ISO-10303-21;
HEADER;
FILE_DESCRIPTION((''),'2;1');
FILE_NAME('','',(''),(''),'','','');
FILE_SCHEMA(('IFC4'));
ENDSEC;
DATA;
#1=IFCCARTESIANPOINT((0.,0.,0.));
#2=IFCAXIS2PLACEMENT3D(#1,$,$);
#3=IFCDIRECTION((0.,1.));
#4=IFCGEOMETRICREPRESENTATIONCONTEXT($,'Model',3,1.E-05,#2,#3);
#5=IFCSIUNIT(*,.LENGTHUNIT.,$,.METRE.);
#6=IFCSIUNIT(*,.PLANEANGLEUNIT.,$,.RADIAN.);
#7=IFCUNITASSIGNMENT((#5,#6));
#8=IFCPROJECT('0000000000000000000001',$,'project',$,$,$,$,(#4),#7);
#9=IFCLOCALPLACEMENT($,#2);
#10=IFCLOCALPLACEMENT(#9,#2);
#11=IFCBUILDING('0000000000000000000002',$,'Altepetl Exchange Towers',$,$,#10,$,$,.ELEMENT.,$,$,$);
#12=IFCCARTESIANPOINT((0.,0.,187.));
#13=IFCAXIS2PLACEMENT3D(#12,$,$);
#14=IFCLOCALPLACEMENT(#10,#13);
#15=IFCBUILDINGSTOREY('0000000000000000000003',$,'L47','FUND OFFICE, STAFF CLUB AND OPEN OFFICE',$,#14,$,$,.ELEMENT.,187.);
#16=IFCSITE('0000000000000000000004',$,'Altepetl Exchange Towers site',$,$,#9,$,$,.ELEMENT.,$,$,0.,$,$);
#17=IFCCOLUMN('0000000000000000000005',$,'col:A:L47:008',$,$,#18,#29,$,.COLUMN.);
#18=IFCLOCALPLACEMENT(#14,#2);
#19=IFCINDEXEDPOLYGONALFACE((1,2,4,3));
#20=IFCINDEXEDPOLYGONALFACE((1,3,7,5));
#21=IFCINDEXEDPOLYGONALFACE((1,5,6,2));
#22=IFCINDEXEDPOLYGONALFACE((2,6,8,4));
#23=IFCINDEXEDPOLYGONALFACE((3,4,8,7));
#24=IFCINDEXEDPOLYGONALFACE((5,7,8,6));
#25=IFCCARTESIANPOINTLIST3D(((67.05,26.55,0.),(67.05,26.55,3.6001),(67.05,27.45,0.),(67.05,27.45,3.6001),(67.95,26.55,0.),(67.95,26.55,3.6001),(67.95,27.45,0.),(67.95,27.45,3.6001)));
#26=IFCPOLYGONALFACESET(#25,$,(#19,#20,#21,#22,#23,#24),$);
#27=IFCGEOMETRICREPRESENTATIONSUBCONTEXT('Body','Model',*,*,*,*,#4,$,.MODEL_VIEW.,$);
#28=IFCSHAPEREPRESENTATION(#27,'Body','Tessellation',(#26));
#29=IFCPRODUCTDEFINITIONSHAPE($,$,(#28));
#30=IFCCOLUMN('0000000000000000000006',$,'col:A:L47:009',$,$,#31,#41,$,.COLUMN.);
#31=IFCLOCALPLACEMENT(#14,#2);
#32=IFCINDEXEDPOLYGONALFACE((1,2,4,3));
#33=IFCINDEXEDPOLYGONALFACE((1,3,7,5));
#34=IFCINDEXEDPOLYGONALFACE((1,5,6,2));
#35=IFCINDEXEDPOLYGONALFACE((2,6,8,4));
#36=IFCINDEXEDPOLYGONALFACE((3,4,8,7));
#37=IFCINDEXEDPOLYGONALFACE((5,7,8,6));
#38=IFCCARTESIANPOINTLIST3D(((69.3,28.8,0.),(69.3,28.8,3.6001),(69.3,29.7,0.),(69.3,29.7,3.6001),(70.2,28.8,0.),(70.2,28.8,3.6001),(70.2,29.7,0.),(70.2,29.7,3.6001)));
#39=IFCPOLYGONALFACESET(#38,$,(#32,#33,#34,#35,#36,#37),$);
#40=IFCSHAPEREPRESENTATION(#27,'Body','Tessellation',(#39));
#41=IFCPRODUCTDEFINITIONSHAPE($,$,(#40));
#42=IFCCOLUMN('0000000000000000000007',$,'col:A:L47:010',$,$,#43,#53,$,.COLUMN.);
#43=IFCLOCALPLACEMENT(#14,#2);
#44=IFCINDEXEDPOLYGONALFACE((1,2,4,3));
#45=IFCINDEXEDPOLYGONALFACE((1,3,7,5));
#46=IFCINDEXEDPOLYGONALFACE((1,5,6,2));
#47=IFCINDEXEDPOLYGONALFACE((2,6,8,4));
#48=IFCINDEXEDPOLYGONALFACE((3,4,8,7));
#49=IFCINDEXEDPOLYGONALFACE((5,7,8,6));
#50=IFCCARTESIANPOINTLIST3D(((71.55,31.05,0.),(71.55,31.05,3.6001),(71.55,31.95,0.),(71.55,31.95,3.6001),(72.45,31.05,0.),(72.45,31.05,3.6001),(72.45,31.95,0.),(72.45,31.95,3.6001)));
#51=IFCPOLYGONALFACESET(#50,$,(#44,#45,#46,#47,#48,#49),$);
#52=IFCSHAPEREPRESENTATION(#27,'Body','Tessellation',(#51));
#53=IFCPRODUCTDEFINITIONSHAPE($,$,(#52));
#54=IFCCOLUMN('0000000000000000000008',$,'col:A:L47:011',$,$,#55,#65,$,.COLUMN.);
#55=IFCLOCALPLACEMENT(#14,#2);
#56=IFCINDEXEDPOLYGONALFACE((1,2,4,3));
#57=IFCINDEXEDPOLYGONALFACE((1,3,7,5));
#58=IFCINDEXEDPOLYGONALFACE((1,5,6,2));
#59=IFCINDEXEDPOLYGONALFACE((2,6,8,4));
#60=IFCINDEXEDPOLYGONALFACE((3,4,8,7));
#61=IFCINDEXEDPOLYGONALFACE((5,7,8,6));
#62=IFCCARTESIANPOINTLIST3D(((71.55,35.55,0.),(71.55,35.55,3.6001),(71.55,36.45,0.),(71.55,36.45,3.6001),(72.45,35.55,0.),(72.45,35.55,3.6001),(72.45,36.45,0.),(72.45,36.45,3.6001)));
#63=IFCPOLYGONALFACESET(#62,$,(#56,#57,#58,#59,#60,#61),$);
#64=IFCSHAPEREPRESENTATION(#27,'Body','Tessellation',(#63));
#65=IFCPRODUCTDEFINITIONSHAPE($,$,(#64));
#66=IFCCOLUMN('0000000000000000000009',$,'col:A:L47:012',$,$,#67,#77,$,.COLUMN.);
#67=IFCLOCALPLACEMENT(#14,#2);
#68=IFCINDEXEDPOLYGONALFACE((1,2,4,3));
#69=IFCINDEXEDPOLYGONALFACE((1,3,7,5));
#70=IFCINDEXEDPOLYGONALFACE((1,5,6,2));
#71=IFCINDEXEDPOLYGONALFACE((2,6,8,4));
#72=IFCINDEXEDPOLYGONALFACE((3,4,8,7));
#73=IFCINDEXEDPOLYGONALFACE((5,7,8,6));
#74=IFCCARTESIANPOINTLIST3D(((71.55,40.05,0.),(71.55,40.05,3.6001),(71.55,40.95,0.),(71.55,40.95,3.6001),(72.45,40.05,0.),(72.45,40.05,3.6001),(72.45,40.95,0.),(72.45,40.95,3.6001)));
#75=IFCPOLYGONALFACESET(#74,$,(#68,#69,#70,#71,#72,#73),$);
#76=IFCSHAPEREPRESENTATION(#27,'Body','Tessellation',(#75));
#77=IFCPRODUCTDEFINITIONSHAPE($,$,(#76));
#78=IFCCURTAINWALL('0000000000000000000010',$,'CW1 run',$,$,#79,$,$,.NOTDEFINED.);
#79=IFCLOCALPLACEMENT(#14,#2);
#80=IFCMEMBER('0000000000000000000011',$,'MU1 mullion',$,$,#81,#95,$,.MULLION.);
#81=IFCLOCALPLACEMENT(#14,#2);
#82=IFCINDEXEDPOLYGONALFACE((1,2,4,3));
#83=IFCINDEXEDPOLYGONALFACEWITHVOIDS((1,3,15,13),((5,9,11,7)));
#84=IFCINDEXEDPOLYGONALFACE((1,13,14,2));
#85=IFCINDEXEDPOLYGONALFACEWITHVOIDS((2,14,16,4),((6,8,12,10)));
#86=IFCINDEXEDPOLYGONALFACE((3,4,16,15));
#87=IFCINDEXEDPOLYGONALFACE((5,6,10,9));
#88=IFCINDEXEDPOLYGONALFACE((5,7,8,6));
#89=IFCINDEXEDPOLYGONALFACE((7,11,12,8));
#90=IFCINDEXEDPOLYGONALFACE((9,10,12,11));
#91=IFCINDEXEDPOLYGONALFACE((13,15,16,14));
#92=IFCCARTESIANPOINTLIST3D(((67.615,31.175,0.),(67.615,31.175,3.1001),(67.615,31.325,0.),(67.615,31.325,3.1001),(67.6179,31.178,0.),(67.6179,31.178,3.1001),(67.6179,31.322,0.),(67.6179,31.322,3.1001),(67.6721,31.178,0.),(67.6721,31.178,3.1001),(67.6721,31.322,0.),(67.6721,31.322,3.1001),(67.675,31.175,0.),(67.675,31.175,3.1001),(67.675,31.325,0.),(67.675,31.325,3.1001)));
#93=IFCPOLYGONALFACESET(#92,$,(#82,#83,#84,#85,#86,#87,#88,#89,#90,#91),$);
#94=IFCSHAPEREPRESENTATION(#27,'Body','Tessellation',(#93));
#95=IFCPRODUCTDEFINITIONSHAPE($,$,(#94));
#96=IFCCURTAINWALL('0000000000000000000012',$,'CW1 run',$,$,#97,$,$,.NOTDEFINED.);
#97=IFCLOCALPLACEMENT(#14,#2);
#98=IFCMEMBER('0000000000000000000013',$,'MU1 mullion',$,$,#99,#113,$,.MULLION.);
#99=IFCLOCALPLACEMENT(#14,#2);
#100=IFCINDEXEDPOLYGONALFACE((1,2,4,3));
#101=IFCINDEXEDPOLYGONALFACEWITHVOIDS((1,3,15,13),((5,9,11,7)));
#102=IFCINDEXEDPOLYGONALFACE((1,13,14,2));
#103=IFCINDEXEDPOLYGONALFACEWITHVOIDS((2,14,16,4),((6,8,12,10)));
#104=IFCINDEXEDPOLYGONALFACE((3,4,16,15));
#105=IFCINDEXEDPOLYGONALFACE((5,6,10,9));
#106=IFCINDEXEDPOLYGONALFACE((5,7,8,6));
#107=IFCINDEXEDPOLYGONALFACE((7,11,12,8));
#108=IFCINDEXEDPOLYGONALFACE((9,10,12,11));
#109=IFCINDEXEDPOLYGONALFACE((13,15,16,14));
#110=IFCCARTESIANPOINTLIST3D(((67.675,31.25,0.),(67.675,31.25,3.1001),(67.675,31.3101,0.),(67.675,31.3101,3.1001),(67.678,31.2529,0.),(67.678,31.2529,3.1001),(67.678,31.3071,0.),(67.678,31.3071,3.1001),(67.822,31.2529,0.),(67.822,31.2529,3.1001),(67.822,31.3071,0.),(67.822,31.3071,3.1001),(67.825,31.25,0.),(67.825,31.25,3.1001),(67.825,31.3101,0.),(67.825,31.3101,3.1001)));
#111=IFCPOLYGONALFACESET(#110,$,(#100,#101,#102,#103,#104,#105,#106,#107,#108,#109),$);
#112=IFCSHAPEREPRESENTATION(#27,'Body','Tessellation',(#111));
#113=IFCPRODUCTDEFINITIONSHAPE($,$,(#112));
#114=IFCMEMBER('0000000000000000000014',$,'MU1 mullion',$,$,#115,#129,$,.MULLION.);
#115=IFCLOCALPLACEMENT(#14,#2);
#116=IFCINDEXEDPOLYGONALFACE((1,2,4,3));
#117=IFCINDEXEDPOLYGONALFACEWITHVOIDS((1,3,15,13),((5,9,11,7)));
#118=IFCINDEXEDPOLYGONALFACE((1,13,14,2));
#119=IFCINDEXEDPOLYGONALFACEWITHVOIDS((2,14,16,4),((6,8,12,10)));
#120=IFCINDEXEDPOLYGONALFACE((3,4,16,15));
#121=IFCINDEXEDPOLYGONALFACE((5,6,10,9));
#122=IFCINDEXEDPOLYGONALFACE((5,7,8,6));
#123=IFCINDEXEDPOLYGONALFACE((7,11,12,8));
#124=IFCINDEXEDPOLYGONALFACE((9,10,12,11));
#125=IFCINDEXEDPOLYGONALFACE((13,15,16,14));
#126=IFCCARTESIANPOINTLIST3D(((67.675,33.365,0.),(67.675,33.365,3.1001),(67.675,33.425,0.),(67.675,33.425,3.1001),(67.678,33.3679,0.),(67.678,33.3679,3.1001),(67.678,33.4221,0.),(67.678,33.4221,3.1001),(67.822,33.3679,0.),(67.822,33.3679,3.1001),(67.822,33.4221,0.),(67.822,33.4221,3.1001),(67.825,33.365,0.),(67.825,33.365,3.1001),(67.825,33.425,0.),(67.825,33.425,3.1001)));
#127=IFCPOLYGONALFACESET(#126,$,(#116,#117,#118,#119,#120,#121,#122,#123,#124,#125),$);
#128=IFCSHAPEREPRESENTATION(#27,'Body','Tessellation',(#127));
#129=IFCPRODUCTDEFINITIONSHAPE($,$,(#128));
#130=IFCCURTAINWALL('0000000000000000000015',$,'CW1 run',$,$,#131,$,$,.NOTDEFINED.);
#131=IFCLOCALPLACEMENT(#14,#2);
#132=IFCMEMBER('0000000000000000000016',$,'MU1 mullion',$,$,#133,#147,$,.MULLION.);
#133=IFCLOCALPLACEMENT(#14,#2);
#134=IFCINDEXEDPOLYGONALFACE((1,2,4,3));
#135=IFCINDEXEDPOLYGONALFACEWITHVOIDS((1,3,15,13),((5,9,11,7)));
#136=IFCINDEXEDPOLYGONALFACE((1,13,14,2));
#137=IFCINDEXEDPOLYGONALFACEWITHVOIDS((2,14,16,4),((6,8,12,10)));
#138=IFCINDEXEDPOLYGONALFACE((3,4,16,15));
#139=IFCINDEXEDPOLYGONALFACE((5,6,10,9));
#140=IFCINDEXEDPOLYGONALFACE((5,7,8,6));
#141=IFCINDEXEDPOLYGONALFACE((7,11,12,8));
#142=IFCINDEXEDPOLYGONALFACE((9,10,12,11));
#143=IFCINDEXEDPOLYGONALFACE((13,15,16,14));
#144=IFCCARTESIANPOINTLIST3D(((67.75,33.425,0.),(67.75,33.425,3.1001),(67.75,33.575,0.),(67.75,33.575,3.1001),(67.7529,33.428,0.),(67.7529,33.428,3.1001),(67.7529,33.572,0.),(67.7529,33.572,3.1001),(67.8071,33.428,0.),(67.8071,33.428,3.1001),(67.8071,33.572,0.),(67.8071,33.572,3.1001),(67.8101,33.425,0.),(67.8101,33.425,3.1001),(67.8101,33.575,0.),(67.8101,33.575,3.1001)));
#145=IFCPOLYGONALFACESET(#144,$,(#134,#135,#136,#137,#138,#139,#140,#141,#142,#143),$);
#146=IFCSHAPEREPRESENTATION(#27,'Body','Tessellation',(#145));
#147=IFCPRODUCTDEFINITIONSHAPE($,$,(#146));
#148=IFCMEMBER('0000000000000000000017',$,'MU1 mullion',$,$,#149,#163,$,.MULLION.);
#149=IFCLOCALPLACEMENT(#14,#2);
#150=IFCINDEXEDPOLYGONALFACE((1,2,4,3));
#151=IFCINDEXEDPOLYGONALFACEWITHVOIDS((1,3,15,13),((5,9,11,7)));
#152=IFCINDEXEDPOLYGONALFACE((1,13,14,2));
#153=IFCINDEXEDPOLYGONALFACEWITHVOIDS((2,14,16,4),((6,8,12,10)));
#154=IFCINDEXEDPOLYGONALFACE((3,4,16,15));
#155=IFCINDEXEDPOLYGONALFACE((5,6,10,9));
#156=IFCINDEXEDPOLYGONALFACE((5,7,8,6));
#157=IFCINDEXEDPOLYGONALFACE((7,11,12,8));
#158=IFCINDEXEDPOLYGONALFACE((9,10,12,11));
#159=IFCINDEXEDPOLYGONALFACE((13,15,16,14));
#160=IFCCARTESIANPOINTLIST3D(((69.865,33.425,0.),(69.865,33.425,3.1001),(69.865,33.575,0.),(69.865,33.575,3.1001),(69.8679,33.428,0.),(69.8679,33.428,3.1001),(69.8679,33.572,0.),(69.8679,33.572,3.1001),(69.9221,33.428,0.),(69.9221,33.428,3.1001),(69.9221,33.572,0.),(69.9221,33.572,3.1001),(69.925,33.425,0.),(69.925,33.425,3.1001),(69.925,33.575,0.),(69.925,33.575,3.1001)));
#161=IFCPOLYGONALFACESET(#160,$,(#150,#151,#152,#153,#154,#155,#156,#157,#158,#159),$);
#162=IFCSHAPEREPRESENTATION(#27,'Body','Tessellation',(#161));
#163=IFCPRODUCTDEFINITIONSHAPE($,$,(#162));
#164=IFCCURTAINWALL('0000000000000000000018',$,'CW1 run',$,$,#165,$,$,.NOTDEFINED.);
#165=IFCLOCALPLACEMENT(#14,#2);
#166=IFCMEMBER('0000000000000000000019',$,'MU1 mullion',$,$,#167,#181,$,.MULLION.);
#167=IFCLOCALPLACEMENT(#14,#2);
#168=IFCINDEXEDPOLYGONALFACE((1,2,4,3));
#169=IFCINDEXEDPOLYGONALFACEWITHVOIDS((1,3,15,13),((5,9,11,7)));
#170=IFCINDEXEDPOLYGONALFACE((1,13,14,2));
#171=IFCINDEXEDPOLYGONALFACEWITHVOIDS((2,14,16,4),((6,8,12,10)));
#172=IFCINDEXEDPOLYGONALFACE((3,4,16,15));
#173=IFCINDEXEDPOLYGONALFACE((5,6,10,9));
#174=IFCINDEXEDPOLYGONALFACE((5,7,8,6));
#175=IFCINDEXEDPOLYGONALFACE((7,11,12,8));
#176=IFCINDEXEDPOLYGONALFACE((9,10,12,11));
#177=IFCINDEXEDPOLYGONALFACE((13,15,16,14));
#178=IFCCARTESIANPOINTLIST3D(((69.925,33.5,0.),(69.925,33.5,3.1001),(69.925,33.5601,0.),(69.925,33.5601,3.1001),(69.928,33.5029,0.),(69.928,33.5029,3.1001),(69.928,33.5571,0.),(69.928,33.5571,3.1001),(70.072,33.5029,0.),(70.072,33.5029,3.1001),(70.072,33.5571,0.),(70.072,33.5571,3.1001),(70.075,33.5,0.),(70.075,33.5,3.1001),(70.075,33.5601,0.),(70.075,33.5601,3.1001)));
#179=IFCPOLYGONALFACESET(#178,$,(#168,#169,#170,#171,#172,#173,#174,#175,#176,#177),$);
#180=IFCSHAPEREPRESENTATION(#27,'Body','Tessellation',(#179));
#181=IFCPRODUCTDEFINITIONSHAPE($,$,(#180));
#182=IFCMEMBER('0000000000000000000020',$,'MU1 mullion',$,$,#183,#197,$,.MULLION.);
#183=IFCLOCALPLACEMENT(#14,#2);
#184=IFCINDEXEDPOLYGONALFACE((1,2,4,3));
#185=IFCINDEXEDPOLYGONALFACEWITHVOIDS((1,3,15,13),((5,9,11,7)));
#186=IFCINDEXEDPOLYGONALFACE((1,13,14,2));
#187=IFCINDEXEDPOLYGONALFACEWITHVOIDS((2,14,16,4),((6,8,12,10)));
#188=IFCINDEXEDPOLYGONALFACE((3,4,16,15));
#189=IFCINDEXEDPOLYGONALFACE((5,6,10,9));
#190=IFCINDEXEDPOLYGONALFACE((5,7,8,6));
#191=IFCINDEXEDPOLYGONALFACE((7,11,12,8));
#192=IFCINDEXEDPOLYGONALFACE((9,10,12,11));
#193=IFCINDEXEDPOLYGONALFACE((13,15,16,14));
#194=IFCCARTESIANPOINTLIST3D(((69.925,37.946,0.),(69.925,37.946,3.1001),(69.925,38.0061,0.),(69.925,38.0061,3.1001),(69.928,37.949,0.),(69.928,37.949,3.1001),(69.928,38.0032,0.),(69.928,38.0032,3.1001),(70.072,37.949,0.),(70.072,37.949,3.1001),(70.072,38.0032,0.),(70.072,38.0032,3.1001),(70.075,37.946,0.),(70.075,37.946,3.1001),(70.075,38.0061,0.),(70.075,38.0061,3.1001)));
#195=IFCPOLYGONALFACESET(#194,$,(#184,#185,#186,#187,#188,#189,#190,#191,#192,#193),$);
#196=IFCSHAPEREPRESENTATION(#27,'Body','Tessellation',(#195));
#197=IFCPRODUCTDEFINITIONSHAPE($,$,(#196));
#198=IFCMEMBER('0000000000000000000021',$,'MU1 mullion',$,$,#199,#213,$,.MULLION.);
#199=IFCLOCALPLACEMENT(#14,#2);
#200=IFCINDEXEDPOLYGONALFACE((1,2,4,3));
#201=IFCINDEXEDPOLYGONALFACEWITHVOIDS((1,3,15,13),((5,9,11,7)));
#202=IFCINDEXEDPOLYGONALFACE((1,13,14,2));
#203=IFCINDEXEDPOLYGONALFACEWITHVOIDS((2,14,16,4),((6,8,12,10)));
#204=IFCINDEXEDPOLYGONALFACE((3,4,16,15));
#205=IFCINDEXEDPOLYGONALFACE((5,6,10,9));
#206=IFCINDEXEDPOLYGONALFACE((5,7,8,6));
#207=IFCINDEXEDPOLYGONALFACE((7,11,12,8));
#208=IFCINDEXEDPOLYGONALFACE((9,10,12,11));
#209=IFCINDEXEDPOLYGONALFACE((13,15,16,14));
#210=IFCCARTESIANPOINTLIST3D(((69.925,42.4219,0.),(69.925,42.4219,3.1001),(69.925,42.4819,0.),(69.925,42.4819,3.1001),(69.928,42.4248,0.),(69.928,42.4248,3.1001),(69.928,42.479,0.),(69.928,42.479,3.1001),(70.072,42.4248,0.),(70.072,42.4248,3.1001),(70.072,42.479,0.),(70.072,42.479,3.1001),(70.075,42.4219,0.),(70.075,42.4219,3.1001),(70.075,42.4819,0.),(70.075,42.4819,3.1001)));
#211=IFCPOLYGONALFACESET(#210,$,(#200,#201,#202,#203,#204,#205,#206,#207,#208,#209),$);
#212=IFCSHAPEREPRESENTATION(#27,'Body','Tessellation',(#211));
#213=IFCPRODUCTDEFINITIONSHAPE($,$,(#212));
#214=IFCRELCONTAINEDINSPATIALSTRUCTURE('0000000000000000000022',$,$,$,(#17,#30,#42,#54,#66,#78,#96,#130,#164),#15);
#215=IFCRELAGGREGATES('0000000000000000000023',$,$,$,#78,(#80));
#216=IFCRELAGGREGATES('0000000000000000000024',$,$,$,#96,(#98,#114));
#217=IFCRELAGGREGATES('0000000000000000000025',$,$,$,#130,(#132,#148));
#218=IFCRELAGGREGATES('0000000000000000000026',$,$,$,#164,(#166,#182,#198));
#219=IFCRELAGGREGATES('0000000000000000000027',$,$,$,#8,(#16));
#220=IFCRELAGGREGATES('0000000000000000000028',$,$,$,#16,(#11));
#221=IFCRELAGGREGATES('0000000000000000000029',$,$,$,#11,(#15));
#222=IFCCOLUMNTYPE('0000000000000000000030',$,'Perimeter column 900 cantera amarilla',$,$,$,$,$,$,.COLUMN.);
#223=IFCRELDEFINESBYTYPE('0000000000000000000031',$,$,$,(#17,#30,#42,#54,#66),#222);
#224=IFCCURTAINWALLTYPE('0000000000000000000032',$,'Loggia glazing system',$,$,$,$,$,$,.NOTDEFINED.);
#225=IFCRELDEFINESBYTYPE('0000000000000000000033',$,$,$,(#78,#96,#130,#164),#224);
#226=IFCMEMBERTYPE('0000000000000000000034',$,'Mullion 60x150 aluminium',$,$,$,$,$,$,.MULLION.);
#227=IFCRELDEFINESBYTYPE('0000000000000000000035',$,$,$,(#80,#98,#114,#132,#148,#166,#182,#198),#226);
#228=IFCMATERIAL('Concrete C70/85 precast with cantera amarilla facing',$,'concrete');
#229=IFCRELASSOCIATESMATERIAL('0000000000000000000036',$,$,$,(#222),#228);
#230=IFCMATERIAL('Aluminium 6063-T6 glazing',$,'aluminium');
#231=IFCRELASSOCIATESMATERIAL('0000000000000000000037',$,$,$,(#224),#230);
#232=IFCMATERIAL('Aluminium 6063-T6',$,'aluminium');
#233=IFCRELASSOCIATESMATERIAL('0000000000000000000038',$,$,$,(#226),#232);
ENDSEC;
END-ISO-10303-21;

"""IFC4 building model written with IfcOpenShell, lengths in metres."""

from ifc_helpers import new_model, si_unit, direction, frame, origin, origin_2d, place, context, subcontext, project, spatial, rectangle, hollow_rectangle, extrude, material, material_profile, profile_set, type_object, element, aggregate, save


model = new_model("IFC4")

# Units and contexts
model_context = context("Model", 3, precision=1e-05, world=origin(), true_north=direction((0.0, 1.0)))
body_context = subcontext(model_context, "Body", "Model", "MODEL_VIEW")
ifc_project = project(units=[si_unit("LENGTHUNIT", "METRE"), si_unit("PLANEANGLEUNIT", "RADIAN")], contexts=[model_context])

# Site, building, storey
site_placement = place(None, origin())
site = spatial("IfcSite", under=ifc_project, at=site_placement, Name="Altepetl Exchange Towers site", CompositionType="ELEMENT", RefElevation=0.0)
building_placement = place(site_placement, origin())
building = spatial("IfcBuilding", under=site, at=building_placement, Name="Altepetl Exchange Towers", CompositionType="ELEMENT")
storey_placement = place(building_placement, frame((0.0, 0.0, 187.0)))
storey = spatial("IfcBuildingStorey", under=building, at=storey_placement, Name="L47", Description="FUND OFFICE, STAFF CLUB AND OPEN OFFICE", CompositionType="ELEMENT", Elevation=187.0)

# Columns
ifc_material_1 = material(Name="Concrete C70/85 precast with cantera amarilla facing", Category="concrete")
ifc_material_profile_1 = material_profile(ifc_material_1, rectangle(XDim=0.8999, YDim=0.8999, at=origin_2d()), Name="900 x 900")
ifc_profile_set_1 = profile_set([ifc_material_profile_1], Name="Concrete C70/85 precast with cantera amarilla facing")
column_type = type_object("IfcColumnType", Name="Perimeter column 900 cantera amarilla", PredefinedType="COLUMN", material=ifc_profile_set_1)
for number, where, name in (
    (1, (67.5, 27.0, 0.0), "col:A:L47:008"),
    (2, (69.75, 29.25, 0.0), "col:A:L47:009"),
    (3, (72.0, 31.5, 0.0), "col:A:L47:010"),
    (4, (72.0, 36.0, 0.0), "col:A:L47:011"),
    (5, (72.0, 40.5, 0.0), "col:A:L47:012"),
):
    element("IfcColumn", number, at=place(storey_placement, frame(where)), inside=storey, type_object=column_type, Name=name, PredefinedType="COLUMN", context=body_context, shape_type="SweptSolid", body=[
        extrude(rectangle(XDim=0.8999, YDim=0.8999, at=origin_2d()), origin(), (0.0, 0.0, 1.0), 3.6001),
    ])

# Curtain wall, member
ifc_material_2 = material(Name="Aluminium 6063-T6 glazing", Category="aluminium")
curtain_wall_type = type_object("IfcCurtainWallType", Name="Loggia glazing system", PredefinedType="NOTDEFINED", material=ifc_material_2)
curtain_wall_1_placement = place(storey_placement, origin())
curtain_wall_1 = element("IfcCurtainWall", 6, at=curtain_wall_1_placement, inside=storey, type_object=curtain_wall_type, Name="CW1 run", PredefinedType="NOTDEFINED")
ifc_material_3 = material(Name="Aluminium 6063-T6", Category="aluminium")
ifc_material_profile_2 = material_profile(ifc_material_3, hollow_rectangle(XDim=0.0601, YDim=0.1499, WallThickness=0.0029, at=origin_2d()), Name="Mullion 60x150 aluminium")
ifc_profile_set_2 = profile_set([ifc_material_profile_2], Name="Aluminium 6063-T6")
member_type = type_object("IfcMemberType", Name="Mullion 60x150 aluminium", PredefinedType="MULLION", material=ifc_profile_set_2)
member_1_placement = place(storey_placement, frame((67.645, 31.25, 0.0)))
member_1 = element("IfcMember", 7, at=member_1_placement, type_object=member_type, Name="MU1 mullion", PredefinedType="MULLION", context=body_context, shape_type="SweptSolid", body=[
    extrude(hollow_rectangle(XDim=0.0601, YDim=0.1499, WallThickness=0.0029, at=origin_2d()), origin(), (0.0, 0.0, 1.0), 3.1001),
])

# Curtain walls, members
curtain_wall_2_placement = place(storey_placement, origin())
curtain_wall_2 = element("IfcCurtainWall", 8, at=curtain_wall_2_placement, inside=storey, type_object=curtain_wall_type, Name="CW1 run", PredefinedType="NOTDEFINED")
member_2_placement = place(storey_placement, frame((67.75, 31.28, 0.0), z_axis=(0.0, 0.0, 1.0), x_axis=(0.0, 1.0, 0.0)))
member_2 = element("IfcMember", 9, at=member_2_placement, type_object=member_type, Name="MU1 mullion", PredefinedType="MULLION", context=body_context, shape_type="SweptSolid", body=[
    extrude(hollow_rectangle(XDim=0.0601, YDim=0.1499, WallThickness=0.0029, at=origin_2d()), origin(), (0.0, 0.0, 1.0), 3.1001),
])
member_3_placement = place(storey_placement, frame((67.75, 33.395, 0.0), z_axis=(0.0, 0.0, 1.0), x_axis=(0.0, 1.0, 0.0)))
member_3 = element("IfcMember", 10, at=member_3_placement, type_object=member_type, Name="MU1 mullion", PredefinedType="MULLION", context=body_context, shape_type="SweptSolid", body=[
    extrude(hollow_rectangle(XDim=0.0601, YDim=0.1499, WallThickness=0.0029, at=origin_2d()), origin(), (0.0, 0.0, 1.0), 3.1001),
])
curtain_wall_3_placement = place(storey_placement, origin())
curtain_wall_3 = element("IfcCurtainWall", 11, at=curtain_wall_3_placement, inside=storey, type_object=curtain_wall_type, Name="CW1 run", PredefinedType="NOTDEFINED")
member_4_placement = place(storey_placement, frame((67.78, 33.5, 0.0)))
member_4 = element("IfcMember", 12, at=member_4_placement, type_object=member_type, Name="MU1 mullion", PredefinedType="MULLION", context=body_context, shape_type="SweptSolid", body=[
    extrude(hollow_rectangle(XDim=0.0601, YDim=0.1499, WallThickness=0.0029, at=origin_2d()), origin(), (0.0, 0.0, 1.0), 3.1001),
])
member_5_placement = place(storey_placement, frame((69.895, 33.5, 0.0)))
member_5 = element("IfcMember", 13, at=member_5_placement, type_object=member_type, Name="MU1 mullion", PredefinedType="MULLION", context=body_context, shape_type="SweptSolid", body=[
    extrude(hollow_rectangle(XDim=0.0601, YDim=0.1499, WallThickness=0.0029, at=origin_2d()), origin(), (0.0, 0.0, 1.0), 3.1001),
])
curtain_wall_4_placement = place(storey_placement, origin())
curtain_wall_4 = element("IfcCurtainWall", 14, at=curtain_wall_4_placement, inside=storey, type_object=curtain_wall_type, Name="CW1 run", PredefinedType="NOTDEFINED")
member_6_placement = place(storey_placement, frame((70.0, 33.53, 0.0), z_axis=(0.0, 0.0, 1.0), x_axis=(0.0, 1.0, 0.0)))
member_6 = element("IfcMember", 15, at=member_6_placement, type_object=member_type, Name="MU1 mullion", PredefinedType="MULLION", context=body_context, shape_type="SweptSolid", body=[
    extrude(hollow_rectangle(XDim=0.0601, YDim=0.1499, WallThickness=0.0029, at=origin_2d()), origin(), (0.0, 0.0, 1.0), 3.1001),
])
member_7_placement = place(storey_placement, frame((70.0, 37.9761, 0.0), z_axis=(0.0, 0.0, 1.0), x_axis=(0.0, 1.0, 0.0)))
member_7 = element("IfcMember", 16, at=member_7_placement, type_object=member_type, Name="MU1 mullion", PredefinedType="MULLION", context=body_context, shape_type="SweptSolid", body=[
    extrude(hollow_rectangle(XDim=0.0601, YDim=0.1499, WallThickness=0.0029, at=origin_2d()), origin(), (0.0, 0.0, 1.0), 3.1001),
])
member_8_placement = place(storey_placement, frame((70.0, 42.4519, 0.0), z_axis=(0.0, 0.0, 1.0), x_axis=(0.0, 1.0, 0.0)))
member_8 = element("IfcMember", 17, at=member_8_placement, type_object=member_type, Name="MU1 mullion", PredefinedType="MULLION", context=body_context, shape_type="SweptSolid", body=[
    extrude(hollow_rectangle(XDim=0.0601, YDim=0.1499, WallThickness=0.0029, at=origin_2d()), origin(), (0.0, 0.0, 1.0), 3.1001),
])

aggregate(curtain_wall_1, [member_1])
aggregate(curtain_wall_2, [member_2, member_3])
aggregate(curtain_wall_3, [member_4, member_5])
aggregate(curtain_wall_4, [member_6, member_7, member_8])

save(model, "model.ifc")
